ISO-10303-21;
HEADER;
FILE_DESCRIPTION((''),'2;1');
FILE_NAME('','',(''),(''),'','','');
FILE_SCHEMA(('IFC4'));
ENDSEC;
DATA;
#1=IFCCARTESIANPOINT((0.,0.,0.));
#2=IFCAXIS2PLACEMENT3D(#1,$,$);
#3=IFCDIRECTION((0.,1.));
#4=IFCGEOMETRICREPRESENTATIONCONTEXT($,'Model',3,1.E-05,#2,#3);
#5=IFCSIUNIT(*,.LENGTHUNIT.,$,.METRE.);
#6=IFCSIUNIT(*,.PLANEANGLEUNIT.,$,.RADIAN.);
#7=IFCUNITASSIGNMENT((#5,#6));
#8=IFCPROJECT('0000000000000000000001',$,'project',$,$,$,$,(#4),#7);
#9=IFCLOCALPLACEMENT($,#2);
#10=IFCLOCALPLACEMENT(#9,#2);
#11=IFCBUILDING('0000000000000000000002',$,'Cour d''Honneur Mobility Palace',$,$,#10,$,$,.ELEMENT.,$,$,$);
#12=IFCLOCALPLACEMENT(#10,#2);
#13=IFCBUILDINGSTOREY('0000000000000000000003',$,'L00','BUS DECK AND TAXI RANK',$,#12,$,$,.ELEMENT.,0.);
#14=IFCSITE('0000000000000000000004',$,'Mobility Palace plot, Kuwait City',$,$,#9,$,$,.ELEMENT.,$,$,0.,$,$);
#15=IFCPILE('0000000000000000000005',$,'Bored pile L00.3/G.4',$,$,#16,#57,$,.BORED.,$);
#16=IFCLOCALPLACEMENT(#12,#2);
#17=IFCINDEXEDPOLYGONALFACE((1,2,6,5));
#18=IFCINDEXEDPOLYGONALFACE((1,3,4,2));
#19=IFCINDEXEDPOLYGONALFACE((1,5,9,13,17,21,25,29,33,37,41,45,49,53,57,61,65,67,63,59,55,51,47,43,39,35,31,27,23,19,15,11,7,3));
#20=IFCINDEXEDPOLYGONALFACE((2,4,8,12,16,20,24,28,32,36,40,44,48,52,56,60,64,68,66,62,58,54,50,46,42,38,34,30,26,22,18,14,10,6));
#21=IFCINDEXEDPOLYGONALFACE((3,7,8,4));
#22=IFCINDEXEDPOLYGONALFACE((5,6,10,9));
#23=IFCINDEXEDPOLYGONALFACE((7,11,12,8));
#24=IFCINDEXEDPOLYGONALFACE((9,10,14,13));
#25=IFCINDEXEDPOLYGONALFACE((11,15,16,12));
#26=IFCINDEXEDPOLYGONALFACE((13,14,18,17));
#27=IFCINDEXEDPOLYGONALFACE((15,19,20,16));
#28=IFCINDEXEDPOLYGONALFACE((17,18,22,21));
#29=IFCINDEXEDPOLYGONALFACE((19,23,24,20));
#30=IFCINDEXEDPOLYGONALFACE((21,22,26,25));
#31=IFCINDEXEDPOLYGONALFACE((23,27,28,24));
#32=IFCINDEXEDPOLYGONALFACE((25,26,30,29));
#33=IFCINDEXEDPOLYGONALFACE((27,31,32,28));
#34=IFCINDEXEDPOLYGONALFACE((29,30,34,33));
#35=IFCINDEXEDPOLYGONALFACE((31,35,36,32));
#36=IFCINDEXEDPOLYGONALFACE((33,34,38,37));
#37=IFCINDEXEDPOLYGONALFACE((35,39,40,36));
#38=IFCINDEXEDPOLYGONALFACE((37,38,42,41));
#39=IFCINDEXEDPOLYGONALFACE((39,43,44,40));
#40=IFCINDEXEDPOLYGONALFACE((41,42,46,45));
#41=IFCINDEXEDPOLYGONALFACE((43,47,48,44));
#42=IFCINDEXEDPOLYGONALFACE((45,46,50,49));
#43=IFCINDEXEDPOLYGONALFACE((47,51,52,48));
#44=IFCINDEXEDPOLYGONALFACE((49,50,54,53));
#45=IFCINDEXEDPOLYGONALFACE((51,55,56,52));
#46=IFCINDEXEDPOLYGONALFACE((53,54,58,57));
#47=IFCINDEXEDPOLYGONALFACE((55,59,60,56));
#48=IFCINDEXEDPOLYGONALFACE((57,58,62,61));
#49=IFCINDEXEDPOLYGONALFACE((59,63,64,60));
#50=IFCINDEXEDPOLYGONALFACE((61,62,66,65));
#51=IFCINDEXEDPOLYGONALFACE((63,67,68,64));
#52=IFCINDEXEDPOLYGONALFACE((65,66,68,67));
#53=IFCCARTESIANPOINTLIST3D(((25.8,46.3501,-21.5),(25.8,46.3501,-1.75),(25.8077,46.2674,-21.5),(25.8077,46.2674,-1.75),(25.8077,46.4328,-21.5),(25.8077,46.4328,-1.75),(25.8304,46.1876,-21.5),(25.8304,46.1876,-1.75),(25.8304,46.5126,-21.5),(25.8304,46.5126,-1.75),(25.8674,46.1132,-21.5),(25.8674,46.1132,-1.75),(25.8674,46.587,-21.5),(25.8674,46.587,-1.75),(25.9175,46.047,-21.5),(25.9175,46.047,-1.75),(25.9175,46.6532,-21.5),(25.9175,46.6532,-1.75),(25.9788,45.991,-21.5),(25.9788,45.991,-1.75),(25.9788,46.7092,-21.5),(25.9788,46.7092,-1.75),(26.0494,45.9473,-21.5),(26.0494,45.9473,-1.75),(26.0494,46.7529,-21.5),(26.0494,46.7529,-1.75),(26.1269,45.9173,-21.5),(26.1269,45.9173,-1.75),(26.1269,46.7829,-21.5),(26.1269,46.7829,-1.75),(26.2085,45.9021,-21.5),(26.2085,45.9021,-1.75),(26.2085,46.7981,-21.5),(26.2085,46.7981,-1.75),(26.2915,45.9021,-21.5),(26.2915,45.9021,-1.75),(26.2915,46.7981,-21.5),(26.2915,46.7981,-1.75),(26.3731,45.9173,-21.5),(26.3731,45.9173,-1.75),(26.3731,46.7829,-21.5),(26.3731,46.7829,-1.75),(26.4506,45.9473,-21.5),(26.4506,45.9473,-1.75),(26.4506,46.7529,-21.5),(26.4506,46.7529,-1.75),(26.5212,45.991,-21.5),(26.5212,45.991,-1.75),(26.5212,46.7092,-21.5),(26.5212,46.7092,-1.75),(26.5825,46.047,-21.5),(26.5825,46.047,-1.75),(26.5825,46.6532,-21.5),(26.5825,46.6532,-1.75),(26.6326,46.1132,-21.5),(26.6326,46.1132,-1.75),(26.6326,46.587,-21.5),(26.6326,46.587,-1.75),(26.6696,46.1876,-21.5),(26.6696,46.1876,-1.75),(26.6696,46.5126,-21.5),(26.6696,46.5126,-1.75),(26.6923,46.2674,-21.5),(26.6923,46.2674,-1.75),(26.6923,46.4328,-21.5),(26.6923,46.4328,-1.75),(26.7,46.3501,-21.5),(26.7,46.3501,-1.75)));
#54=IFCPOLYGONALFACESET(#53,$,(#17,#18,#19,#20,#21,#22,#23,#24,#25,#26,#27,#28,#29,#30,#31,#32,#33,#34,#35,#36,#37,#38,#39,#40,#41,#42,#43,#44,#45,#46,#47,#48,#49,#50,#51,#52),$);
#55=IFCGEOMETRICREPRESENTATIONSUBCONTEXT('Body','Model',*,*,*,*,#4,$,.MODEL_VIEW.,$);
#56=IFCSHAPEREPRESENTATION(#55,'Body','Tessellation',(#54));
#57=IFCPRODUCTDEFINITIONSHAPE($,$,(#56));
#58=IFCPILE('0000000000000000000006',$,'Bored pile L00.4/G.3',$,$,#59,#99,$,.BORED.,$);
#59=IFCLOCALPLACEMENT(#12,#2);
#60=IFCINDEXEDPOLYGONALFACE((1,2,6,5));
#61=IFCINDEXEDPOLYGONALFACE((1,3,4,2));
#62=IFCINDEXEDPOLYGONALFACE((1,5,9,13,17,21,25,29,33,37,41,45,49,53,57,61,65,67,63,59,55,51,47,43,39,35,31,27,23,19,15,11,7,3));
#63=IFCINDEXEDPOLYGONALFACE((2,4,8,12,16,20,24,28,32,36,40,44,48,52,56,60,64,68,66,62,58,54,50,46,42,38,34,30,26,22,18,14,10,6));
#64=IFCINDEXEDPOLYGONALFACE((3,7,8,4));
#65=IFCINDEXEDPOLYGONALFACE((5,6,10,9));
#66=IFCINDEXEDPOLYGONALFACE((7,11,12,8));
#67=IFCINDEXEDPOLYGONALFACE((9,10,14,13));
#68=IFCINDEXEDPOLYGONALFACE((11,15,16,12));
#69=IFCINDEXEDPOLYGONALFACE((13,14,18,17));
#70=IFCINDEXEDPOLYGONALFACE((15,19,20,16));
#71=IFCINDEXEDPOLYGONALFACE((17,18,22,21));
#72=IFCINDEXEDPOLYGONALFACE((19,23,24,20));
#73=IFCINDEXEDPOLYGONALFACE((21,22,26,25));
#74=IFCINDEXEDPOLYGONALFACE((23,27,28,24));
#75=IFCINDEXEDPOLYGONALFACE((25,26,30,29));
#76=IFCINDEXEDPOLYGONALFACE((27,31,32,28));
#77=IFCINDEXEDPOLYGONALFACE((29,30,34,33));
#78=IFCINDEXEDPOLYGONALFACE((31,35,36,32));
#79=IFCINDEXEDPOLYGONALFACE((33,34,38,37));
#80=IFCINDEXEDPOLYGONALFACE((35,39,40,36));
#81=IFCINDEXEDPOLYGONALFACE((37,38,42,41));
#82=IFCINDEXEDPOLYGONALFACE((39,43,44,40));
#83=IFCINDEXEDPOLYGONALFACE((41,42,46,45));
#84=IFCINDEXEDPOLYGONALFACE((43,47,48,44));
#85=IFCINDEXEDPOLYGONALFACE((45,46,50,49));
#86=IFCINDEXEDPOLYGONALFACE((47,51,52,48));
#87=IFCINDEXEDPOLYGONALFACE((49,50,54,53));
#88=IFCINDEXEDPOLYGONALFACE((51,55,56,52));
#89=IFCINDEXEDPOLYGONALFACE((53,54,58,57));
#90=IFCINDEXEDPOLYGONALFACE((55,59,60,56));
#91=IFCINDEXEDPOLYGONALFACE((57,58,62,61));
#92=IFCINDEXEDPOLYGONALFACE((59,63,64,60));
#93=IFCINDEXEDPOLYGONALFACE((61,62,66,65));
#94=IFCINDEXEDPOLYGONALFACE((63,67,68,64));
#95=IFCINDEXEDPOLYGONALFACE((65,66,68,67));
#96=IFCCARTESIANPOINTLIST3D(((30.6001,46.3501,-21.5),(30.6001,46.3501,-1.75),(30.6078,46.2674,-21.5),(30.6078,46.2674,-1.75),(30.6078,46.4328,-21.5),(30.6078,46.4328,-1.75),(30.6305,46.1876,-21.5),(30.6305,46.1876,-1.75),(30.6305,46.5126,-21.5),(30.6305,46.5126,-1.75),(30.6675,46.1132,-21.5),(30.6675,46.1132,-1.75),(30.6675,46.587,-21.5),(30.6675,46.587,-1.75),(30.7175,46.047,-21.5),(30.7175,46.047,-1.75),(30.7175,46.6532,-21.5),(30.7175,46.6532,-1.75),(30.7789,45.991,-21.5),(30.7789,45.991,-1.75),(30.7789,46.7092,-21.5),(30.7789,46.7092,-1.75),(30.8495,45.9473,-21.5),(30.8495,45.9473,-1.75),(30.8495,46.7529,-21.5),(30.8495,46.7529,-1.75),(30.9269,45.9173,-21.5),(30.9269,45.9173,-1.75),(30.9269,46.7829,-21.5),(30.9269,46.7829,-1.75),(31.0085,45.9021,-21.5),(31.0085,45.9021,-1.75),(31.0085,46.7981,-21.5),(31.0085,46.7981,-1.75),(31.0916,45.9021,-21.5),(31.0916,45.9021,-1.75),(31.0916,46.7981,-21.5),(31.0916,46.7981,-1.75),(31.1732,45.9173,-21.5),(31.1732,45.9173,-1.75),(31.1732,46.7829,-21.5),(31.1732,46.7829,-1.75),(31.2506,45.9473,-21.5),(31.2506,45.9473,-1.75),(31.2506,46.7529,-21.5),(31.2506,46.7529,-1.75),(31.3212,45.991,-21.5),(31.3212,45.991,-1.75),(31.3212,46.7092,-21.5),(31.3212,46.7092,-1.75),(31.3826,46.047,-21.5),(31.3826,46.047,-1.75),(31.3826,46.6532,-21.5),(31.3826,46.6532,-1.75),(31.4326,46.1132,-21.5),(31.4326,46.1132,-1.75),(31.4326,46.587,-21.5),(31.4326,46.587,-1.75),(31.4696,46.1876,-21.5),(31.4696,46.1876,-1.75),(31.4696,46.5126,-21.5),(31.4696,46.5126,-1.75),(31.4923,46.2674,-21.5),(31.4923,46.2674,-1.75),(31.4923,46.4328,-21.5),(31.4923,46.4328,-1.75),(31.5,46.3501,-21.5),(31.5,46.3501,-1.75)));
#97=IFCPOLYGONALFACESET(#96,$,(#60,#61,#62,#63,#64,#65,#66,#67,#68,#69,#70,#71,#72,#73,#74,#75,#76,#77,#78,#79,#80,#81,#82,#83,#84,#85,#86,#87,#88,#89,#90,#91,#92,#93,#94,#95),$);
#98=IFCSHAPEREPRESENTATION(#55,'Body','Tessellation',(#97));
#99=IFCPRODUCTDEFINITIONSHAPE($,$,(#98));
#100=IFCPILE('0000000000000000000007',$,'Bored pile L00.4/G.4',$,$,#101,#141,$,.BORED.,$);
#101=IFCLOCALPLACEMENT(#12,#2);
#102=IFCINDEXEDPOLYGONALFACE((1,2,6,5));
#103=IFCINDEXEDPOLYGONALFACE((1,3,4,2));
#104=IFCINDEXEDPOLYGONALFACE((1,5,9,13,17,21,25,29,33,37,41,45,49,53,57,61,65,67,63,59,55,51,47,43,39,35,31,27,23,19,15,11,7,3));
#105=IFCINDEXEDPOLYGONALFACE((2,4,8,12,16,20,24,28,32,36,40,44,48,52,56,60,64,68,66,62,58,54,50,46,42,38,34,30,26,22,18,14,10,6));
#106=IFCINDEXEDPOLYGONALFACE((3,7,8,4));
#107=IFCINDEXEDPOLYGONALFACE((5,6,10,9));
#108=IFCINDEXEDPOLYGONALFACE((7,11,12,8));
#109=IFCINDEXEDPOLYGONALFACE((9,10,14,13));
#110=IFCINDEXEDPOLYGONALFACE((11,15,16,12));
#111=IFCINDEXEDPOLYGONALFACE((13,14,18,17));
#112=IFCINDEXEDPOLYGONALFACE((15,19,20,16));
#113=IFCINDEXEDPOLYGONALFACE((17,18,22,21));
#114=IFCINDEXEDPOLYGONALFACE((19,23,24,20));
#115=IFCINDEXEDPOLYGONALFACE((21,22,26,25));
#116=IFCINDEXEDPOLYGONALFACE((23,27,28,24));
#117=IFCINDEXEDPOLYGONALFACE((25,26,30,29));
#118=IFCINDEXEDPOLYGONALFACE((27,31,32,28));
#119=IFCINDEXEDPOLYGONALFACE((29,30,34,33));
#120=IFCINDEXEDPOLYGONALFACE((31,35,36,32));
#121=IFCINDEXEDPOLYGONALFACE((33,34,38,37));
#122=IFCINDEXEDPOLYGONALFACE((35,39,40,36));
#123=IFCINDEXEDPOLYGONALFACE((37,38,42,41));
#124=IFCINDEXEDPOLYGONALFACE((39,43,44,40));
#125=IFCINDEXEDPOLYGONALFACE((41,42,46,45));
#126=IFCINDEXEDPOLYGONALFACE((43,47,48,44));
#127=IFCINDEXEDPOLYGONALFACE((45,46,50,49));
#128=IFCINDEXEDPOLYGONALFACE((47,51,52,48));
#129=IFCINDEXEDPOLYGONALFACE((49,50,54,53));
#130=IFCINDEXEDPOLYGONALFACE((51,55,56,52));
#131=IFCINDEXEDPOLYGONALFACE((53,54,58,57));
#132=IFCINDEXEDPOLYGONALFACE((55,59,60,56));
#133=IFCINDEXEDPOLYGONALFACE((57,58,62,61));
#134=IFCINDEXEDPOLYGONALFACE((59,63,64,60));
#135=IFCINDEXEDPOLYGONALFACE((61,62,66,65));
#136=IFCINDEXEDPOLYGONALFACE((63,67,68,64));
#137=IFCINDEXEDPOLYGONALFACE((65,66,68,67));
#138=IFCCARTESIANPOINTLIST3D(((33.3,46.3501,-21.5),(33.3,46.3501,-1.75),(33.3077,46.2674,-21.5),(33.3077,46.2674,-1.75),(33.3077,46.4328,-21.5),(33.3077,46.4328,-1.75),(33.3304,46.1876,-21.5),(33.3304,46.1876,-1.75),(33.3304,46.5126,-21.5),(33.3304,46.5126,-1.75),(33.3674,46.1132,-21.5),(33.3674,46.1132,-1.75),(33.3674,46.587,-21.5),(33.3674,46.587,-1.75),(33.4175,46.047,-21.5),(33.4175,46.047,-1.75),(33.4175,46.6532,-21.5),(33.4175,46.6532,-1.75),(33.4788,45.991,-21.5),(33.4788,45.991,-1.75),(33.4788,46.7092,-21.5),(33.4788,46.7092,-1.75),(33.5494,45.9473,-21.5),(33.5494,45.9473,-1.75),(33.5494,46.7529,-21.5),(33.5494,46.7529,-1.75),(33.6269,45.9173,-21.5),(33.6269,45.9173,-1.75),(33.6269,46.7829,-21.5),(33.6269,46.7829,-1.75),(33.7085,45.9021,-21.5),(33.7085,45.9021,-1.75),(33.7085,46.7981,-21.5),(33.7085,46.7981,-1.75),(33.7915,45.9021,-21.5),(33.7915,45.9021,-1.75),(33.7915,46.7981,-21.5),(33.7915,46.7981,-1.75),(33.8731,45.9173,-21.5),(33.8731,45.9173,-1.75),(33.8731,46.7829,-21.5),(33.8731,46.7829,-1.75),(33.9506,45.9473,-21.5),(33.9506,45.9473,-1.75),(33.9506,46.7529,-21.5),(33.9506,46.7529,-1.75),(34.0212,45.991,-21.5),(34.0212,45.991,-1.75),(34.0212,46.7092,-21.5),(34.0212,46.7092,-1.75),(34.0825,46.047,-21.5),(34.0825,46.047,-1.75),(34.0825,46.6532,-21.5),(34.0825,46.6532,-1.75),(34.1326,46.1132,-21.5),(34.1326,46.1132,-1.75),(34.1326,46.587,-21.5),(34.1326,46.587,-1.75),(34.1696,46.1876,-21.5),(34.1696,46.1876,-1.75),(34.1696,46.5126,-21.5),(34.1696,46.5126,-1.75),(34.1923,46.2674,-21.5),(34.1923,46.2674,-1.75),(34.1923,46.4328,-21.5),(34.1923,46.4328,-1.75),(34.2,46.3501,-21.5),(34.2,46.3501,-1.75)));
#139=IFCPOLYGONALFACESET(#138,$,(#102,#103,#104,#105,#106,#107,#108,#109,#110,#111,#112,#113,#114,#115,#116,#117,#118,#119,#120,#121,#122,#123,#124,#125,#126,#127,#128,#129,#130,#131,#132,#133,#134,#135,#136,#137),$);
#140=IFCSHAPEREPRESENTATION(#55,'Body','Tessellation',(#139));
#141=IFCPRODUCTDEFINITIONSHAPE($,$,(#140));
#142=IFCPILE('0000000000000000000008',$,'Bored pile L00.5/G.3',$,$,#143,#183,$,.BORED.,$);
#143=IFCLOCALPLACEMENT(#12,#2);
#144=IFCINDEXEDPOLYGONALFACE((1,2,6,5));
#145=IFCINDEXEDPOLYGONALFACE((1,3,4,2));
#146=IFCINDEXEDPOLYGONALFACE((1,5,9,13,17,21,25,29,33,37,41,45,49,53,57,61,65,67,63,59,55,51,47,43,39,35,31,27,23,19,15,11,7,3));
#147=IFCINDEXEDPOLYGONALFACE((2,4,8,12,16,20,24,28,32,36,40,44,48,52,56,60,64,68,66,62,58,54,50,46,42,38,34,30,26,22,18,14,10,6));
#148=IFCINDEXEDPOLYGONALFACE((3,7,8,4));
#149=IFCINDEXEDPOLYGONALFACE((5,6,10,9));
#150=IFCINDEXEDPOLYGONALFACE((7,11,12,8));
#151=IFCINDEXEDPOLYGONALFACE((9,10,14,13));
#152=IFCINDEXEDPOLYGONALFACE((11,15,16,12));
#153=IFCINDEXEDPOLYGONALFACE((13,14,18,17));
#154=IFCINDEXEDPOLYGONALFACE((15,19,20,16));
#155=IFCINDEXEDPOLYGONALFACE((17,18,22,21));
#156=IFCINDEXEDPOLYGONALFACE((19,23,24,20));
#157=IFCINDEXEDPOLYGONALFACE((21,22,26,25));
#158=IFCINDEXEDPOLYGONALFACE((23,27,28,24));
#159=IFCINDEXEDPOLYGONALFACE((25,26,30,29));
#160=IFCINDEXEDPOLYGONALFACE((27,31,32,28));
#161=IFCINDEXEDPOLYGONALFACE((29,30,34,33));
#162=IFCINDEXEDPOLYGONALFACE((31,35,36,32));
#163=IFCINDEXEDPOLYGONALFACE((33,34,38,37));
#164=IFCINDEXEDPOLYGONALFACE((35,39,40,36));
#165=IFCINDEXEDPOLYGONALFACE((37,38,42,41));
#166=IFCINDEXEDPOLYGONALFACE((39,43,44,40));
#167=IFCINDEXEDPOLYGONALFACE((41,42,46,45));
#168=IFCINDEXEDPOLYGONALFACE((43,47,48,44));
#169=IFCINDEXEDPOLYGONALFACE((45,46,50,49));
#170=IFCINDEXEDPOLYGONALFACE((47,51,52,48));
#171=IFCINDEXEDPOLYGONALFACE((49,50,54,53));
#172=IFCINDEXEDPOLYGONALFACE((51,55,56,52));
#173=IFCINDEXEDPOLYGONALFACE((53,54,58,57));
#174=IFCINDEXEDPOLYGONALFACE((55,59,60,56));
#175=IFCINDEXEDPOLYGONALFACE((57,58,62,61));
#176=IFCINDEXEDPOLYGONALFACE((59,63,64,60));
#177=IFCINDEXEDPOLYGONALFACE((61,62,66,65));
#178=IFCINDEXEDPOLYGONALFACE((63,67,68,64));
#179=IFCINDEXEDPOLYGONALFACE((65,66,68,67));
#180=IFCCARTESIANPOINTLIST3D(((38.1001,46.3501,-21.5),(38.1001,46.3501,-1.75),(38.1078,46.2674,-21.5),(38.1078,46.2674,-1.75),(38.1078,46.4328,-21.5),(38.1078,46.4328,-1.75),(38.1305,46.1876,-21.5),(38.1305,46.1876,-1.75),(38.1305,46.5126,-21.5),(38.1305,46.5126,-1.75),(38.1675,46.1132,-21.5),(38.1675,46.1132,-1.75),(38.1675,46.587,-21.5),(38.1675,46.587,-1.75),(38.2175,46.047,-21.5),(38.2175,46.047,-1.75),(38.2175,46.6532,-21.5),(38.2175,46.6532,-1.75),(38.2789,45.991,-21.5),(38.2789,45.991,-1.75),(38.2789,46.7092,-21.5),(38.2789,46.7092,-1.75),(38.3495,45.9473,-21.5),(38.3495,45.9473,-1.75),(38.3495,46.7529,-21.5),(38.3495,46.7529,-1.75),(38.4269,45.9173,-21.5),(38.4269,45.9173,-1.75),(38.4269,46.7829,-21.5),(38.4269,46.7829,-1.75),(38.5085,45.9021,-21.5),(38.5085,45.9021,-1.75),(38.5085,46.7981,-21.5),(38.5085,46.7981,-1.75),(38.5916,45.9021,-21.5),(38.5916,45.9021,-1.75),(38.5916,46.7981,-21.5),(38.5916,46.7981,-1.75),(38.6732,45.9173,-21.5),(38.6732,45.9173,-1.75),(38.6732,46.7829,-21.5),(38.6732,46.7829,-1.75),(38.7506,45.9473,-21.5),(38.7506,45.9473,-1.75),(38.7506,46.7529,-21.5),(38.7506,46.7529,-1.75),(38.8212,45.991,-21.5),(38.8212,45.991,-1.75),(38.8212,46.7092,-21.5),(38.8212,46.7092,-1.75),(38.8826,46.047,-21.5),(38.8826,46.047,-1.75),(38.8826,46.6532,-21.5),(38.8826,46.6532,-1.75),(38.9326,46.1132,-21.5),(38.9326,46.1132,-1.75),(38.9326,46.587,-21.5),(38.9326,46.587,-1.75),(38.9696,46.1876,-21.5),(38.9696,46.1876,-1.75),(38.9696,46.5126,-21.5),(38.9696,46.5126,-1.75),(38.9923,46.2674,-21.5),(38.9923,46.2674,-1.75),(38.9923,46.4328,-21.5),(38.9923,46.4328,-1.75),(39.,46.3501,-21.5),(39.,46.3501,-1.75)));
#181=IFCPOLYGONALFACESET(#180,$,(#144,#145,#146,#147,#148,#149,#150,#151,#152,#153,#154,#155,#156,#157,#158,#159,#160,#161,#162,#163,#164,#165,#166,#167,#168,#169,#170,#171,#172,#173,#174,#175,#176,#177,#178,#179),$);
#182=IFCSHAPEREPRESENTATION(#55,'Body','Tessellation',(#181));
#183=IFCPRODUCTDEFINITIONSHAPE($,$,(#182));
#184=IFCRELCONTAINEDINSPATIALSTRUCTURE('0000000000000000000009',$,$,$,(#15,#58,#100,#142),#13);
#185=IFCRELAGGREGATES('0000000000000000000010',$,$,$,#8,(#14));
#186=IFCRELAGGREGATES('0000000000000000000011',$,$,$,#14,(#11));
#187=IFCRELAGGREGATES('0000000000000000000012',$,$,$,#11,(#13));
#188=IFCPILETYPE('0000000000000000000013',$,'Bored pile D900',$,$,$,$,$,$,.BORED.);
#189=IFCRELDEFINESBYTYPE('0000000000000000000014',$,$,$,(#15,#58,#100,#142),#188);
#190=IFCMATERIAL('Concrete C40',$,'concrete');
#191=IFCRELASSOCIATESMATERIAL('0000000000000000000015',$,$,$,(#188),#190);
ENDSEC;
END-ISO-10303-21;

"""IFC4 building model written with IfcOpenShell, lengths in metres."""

from ifc_helpers import new_model, si_unit, direction, frame, origin, origin_2d, place, context, subcontext, project, spatial, circle, extrude, material, material_profile, profile_set, type_object, element, save


model = new_model("IFC4")

# Units and contexts
model_context = context("Model", 3, precision=1e-05, world=origin(), true_north=direction((0.0, 1.0)))
body_context = subcontext(model_context, "Body", "Model", "MODEL_VIEW")
ifc_project = project(units=[si_unit("LENGTHUNIT", "METRE"), si_unit("PLANEANGLEUNIT", "RADIAN")], contexts=[model_context])

# Site, building, storey
site_placement = place(None, origin())
site = spatial("IfcSite", under=ifc_project, at=site_placement, Name="Mobility Palace plot, Kuwait City", CompositionType="ELEMENT", RefElevation=0.0)
building_placement = place(site_placement, origin())
building = spatial("IfcBuilding", under=site, at=building_placement, Name="Cour d'Honneur Mobility Palace", CompositionType="ELEMENT")
storey_placement = place(building_placement, origin())
storey = spatial("IfcBuildingStorey", under=building, at=storey_placement, Name="L00", Description="BUS DECK AND TAXI RANK", CompositionType="ELEMENT", Elevation=0.0)

# Piles
ifc_material_1 = material(Name="Concrete C40", Category="concrete")
ifc_material_profile_1 = material_profile(ifc_material_1, circle(Radius=0.45, at=origin_2d()), Name="Bored pile D900")
ifc_profile_set_1 = profile_set([ifc_material_profile_1], Name="Concrete C40")
pile_type = type_object("IfcPileType", Name="Bored pile D900", PredefinedType="BORED", material=ifc_profile_set_1)
for number, where, z_axis, x_axis, name in (
    (1, (26.25, 46.3501, -1.75), (0.0, 0.0, -1.0), (1.0, 0.0, 0.0), "Bored pile L00.3/G.4"),
    (2, (31.05, 46.3501, -1.75), (0.0, 0.0, -1.0), (1.0, 0.0, 0.0), "Bored pile L00.4/G.3"),
    (3, (33.75, 46.3501, -1.75), (0.0, 0.0, -1.0), (1.0, 0.0, 0.0), "Bored pile L00.4/G.4"),
    (4, (38.55, 46.3501, -1.75), (0.0, 0.0, -1.0), (1.0, 0.0, 0.0), "Bored pile L00.5/G.3"),
):
    element("IfcPile", number, at=place(storey_placement, frame(where, z_axis=z_axis, x_axis=x_axis)), inside=storey, type_object=pile_type, Name=name, PredefinedType="BORED", context=body_context, shape_type="SweptSolid", body=[
        extrude(circle(Radius=0.45, at=origin_2d()), origin(), (0.0, 0.0, 1.0), 19.75),
    ])

save(model, "model.ifc")
